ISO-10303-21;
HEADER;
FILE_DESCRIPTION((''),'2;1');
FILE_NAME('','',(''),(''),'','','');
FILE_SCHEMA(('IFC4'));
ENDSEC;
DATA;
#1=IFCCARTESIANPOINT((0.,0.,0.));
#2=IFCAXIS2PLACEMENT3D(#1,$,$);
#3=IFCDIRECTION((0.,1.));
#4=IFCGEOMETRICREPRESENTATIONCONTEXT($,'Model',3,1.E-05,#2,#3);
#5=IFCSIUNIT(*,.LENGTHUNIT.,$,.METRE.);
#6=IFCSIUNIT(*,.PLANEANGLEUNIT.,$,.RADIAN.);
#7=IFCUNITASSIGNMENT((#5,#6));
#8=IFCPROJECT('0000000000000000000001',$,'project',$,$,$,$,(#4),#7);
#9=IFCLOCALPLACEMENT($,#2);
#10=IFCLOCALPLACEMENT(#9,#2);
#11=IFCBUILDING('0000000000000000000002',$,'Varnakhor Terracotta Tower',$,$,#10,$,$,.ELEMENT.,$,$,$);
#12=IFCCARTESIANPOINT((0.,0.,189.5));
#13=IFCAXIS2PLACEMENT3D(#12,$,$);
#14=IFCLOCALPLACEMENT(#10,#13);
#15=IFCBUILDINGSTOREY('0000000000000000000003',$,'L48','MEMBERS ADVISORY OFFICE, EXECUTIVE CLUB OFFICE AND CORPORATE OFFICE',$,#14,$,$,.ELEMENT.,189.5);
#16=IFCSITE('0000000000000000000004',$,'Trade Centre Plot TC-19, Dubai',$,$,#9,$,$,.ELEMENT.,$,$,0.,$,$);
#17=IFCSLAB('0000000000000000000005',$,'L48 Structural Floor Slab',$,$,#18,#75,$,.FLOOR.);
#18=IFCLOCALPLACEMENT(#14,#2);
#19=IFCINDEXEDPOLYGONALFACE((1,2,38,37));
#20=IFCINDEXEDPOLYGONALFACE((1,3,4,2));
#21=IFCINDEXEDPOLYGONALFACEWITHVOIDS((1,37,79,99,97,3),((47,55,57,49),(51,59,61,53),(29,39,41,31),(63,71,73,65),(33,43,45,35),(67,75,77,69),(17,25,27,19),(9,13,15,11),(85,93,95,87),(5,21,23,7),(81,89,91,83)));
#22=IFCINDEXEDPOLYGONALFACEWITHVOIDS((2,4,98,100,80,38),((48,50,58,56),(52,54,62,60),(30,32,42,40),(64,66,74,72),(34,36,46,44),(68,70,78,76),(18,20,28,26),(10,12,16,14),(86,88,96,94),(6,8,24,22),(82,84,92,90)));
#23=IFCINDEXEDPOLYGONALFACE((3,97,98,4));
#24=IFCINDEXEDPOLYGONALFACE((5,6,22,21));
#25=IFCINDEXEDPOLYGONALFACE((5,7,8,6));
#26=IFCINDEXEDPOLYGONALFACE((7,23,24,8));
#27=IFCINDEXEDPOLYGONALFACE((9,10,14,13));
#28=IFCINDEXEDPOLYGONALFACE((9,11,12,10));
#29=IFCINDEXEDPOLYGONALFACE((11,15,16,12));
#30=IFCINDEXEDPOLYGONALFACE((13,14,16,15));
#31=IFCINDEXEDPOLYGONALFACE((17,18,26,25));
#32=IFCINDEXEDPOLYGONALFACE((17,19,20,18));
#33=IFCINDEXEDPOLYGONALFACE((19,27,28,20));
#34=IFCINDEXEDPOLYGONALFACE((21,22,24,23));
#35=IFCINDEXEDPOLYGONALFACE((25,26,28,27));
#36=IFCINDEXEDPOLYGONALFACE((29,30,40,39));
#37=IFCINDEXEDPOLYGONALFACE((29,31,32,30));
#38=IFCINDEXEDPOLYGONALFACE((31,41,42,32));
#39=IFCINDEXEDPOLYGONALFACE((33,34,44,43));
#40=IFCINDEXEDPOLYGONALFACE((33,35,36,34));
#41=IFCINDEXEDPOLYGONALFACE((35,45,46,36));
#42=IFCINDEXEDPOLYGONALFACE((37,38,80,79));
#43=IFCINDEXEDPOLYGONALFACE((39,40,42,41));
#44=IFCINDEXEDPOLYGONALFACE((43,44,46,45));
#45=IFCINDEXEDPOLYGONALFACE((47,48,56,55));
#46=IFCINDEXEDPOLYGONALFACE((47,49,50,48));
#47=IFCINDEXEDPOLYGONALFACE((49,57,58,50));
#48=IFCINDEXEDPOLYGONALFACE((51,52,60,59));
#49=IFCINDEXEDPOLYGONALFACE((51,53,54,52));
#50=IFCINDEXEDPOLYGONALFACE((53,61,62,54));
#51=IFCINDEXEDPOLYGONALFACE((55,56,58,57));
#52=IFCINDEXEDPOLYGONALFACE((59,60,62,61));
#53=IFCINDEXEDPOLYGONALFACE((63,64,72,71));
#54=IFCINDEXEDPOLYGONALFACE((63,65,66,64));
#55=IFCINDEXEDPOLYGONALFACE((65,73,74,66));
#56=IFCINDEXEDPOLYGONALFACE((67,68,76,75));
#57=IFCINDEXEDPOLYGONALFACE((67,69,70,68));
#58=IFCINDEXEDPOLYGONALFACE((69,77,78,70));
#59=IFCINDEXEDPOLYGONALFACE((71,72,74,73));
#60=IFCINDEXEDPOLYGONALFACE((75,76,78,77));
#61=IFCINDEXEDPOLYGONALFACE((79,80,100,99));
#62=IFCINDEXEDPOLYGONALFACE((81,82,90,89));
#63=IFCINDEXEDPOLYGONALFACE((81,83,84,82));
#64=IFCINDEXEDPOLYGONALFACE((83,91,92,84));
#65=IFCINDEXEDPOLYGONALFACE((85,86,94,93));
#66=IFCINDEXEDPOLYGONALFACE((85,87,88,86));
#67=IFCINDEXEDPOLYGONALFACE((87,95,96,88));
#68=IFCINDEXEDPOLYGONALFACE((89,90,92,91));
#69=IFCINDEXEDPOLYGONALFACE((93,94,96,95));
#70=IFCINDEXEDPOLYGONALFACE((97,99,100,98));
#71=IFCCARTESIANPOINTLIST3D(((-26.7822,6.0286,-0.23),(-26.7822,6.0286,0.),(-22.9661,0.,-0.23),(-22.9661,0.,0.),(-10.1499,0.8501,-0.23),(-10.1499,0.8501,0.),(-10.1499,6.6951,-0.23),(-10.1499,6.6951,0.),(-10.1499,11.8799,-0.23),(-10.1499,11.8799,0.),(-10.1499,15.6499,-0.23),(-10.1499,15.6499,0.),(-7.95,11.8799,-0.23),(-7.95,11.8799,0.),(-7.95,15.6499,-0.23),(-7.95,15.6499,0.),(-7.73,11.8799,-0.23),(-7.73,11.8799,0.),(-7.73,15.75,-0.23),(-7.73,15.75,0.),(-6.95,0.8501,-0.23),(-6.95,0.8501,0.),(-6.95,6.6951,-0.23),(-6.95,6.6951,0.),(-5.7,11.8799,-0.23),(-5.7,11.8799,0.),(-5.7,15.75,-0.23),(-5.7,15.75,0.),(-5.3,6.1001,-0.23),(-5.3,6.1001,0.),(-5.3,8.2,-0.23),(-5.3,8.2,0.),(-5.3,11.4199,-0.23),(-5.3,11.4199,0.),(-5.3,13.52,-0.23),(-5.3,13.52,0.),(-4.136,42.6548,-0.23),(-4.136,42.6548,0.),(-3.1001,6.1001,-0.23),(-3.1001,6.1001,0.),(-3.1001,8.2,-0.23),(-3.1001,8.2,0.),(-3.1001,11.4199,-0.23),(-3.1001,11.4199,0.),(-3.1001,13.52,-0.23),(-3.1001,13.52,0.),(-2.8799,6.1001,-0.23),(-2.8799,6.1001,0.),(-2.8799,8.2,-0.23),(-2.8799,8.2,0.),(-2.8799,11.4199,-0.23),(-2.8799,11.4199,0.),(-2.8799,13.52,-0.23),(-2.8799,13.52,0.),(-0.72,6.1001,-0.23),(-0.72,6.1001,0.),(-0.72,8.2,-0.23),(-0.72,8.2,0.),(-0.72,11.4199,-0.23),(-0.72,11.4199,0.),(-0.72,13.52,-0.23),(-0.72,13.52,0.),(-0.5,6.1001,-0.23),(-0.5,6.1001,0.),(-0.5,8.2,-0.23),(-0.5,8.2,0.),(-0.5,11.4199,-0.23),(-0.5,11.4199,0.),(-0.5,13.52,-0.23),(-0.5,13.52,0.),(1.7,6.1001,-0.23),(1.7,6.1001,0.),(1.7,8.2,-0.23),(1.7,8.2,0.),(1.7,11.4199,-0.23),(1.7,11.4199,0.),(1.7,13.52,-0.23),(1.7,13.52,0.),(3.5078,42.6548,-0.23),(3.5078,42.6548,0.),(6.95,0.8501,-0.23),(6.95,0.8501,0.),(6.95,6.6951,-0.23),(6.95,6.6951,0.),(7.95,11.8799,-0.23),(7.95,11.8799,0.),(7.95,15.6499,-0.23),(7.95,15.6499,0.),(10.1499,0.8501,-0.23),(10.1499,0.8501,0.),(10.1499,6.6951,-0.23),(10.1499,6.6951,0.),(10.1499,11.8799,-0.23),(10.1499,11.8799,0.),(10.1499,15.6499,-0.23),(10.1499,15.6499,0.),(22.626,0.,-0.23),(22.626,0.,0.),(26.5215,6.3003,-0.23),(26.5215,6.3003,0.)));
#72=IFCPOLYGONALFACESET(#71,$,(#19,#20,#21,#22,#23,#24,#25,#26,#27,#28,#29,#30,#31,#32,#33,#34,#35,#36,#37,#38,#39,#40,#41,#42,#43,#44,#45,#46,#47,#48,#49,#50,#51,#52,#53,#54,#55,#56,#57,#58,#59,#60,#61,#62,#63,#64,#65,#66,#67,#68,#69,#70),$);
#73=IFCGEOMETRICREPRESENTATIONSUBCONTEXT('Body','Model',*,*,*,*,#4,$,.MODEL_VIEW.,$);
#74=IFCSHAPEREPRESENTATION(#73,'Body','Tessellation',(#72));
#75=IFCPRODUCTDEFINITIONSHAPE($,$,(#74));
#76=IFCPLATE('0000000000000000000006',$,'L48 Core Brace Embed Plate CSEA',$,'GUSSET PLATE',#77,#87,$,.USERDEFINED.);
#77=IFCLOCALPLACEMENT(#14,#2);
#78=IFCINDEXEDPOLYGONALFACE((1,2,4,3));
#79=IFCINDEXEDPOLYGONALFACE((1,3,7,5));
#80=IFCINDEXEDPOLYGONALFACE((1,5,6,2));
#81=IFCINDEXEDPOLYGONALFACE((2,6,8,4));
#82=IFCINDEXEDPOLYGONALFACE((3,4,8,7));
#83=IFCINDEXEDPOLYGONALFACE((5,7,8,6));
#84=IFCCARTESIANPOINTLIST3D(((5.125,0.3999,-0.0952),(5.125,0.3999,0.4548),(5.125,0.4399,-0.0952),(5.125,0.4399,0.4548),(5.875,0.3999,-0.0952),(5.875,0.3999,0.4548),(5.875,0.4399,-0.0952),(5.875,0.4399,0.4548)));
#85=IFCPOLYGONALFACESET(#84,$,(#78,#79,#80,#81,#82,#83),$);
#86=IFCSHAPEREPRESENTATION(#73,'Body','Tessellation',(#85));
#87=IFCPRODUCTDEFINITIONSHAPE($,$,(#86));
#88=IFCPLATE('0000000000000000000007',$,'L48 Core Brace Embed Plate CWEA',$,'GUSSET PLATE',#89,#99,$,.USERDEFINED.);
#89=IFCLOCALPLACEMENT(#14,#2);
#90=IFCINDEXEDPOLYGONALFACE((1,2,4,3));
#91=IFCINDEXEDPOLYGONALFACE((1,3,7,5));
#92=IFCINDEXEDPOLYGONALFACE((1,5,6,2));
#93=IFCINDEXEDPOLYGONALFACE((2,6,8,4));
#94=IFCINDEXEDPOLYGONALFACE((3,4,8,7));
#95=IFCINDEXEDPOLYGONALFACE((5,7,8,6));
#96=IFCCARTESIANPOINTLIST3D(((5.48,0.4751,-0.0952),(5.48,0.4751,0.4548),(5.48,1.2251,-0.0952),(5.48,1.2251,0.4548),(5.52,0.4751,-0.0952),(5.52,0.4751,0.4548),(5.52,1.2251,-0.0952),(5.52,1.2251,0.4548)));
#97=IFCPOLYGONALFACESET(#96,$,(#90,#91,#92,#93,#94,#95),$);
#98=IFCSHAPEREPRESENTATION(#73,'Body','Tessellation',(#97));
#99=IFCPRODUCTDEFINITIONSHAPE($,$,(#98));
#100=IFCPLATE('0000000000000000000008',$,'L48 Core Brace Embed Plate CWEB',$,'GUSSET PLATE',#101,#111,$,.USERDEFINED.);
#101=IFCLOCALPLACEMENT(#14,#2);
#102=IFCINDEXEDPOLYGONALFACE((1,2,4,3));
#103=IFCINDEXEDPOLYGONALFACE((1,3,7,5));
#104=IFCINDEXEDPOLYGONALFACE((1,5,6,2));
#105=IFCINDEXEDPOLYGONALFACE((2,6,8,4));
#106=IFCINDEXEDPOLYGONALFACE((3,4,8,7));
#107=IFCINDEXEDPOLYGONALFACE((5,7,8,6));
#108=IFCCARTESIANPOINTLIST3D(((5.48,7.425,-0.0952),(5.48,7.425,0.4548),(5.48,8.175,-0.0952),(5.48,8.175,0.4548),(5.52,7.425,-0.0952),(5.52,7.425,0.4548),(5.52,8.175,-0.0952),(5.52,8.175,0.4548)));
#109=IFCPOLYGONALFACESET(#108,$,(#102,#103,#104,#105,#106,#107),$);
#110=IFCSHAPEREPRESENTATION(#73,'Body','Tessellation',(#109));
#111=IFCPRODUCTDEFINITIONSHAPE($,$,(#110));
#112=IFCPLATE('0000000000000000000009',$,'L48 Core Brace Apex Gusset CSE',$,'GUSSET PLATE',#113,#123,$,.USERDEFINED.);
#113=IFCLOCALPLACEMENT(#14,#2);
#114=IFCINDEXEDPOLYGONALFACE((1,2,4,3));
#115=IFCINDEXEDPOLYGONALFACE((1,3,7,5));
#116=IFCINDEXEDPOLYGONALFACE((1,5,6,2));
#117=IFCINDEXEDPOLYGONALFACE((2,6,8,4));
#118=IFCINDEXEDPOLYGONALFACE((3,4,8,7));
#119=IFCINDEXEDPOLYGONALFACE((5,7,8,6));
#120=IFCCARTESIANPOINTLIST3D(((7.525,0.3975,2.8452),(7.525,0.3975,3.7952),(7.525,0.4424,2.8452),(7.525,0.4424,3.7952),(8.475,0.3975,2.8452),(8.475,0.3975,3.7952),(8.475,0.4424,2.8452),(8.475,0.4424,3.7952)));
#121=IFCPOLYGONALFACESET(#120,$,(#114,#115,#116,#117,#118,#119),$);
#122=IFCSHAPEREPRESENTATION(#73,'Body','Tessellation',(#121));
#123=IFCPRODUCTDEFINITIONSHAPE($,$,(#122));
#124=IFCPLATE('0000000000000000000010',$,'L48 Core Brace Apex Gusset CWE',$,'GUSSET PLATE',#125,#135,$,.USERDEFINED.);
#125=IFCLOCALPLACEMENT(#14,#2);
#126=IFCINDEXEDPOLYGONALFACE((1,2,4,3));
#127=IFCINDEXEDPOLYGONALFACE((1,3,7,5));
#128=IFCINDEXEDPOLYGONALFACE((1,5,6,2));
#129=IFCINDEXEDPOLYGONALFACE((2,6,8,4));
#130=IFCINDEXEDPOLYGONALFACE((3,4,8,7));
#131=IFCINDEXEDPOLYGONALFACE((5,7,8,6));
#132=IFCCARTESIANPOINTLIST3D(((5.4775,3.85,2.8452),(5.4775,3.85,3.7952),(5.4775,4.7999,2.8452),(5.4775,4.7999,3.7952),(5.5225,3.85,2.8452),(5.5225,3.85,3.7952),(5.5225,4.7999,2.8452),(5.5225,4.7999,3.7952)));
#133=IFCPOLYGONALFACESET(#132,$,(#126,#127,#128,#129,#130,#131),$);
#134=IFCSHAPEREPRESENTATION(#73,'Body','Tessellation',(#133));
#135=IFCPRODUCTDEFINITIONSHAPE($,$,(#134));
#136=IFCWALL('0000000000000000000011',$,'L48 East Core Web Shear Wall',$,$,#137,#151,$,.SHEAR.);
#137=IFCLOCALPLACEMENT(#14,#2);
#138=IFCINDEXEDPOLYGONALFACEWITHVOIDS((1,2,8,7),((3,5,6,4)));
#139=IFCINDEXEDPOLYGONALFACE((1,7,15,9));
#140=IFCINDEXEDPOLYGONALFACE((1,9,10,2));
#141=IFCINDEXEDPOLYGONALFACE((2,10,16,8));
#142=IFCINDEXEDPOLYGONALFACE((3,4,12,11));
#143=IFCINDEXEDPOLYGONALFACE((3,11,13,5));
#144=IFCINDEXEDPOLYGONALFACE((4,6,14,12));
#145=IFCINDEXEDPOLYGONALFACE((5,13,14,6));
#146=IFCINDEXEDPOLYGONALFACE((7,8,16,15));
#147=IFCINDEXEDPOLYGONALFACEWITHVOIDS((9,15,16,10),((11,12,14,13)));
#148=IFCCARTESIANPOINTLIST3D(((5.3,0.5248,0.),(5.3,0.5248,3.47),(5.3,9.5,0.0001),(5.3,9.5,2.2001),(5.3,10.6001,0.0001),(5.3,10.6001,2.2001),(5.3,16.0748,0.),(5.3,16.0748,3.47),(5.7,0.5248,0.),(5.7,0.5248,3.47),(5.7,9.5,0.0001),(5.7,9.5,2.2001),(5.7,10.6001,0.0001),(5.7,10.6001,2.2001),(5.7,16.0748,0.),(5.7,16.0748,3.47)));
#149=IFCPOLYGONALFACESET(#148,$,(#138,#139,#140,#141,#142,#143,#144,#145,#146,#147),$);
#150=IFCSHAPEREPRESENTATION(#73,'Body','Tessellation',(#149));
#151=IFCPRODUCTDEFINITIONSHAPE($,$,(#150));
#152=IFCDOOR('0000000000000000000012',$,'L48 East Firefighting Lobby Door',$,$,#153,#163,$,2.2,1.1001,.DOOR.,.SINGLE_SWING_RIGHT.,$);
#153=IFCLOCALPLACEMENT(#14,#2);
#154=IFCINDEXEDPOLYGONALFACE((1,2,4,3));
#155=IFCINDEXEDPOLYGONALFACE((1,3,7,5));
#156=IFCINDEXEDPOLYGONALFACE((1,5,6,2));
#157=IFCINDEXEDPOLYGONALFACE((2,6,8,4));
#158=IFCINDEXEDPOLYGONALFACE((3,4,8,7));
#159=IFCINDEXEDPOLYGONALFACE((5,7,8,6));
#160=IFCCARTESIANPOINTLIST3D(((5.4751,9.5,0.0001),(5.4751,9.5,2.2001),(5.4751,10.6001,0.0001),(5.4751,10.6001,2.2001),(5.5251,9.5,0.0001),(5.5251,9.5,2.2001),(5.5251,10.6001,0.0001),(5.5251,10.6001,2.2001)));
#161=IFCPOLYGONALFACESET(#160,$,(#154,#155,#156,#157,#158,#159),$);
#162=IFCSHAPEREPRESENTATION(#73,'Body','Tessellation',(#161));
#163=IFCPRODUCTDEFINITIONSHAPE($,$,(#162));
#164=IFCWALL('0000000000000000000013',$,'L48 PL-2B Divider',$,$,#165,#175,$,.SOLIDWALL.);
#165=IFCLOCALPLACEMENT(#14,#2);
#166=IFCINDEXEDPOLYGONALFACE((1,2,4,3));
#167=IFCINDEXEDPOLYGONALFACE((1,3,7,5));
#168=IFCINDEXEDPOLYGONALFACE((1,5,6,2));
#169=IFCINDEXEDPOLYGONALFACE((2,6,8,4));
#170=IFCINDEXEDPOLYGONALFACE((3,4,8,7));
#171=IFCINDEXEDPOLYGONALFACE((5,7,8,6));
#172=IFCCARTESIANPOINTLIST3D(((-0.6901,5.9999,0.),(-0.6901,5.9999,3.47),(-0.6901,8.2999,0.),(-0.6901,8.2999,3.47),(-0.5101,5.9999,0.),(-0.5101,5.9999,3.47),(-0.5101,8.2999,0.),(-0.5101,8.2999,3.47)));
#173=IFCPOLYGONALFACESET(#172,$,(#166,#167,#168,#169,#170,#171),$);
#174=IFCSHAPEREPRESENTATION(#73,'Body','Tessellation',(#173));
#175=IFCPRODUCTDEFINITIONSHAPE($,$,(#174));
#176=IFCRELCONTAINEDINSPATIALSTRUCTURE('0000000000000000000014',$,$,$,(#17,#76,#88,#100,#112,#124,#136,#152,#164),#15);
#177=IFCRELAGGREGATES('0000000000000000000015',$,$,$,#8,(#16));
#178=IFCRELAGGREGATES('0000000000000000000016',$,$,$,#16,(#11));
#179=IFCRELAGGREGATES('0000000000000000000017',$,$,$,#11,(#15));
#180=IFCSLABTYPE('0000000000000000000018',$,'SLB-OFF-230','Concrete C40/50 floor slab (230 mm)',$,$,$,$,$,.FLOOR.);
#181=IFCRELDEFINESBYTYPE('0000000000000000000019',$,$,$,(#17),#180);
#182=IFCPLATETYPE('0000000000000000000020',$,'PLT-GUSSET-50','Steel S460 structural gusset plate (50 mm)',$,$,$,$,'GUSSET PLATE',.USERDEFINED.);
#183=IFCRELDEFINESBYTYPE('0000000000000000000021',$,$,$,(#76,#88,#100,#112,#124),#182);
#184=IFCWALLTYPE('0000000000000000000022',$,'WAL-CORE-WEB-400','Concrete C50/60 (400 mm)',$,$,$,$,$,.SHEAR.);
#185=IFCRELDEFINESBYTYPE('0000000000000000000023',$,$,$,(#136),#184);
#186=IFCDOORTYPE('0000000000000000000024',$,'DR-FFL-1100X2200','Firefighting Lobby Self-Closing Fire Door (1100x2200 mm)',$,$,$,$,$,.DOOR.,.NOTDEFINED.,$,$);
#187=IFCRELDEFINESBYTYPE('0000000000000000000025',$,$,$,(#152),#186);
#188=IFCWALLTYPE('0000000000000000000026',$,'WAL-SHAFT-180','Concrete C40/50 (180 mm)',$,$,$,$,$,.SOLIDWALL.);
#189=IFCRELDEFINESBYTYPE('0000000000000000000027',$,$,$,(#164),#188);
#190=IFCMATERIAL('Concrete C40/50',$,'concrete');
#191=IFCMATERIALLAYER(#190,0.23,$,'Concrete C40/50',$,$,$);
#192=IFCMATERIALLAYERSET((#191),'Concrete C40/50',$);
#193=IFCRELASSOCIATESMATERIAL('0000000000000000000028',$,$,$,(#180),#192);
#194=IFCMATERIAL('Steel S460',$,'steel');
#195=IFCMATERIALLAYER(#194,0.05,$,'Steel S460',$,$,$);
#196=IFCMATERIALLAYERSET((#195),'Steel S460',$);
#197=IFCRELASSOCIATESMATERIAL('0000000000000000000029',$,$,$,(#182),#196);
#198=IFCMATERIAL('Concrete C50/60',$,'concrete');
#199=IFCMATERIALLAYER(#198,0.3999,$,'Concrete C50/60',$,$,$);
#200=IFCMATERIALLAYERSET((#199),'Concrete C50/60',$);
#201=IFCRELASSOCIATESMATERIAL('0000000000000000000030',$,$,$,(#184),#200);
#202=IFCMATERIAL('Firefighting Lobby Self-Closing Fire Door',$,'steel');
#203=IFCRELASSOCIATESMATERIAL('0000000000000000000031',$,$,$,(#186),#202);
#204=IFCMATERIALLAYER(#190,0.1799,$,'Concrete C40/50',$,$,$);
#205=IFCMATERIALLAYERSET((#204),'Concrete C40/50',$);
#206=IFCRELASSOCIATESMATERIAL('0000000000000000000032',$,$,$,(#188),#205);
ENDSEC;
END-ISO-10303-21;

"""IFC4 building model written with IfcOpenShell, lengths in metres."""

from ifc_helpers import new_model, si_unit, direction, frame, frame_2d, origin, origin_2d, place, context, subcontext, project, spatial, polyline, rectangle, outline, extrude, source, transform, mapped, material, layer, layer_set, type_object, type_shapes, element, fill, save


model = new_model("IFC4")

# Units and contexts
model_context = context("Model", 3, precision=1e-05, world=origin(), true_north=direction((0.0, 1.0)))
body_context = subcontext(model_context, "Body", "Model", "MODEL_VIEW")
ifc_project = project(units=[si_unit("LENGTHUNIT", "METRE"), si_unit("PLANEANGLEUNIT", "RADIAN")], contexts=[model_context])

# Site, building, storey
site_placement = place(None, origin())
site = spatial("IfcSite", under=ifc_project, at=site_placement, Name="Trade Centre Plot TC-19, Dubai", CompositionType="ELEMENT", RefElevation=0.0)
building_placement = place(site_placement, origin())
building = spatial("IfcBuilding", under=site, at=building_placement, Name="Varnakhor Terracotta Tower", CompositionType="ELEMENT")
storey_placement = place(building_placement, frame((0.0, 0.0, 189.5)))
storey = spatial("IfcBuildingStorey", under=building, at=storey_placement, Name="L48", Description="MEMBERS ADVISORY OFFICE, EXECUTIVE CLUB OFFICE AND CORPORATE OFFICE", CompositionType="ELEMENT", Elevation=189.5)

# Shared definitions
ifc_material_1 = material(Name="Concrete C50/60", Category="concrete")

# Shared definitions
ifc_material_2 = material(Name="Steel S460", Category="steel")

# Shared definitions
ifc_material_3 = material(Name="Concrete C40/50", Category="concrete")

# Slab
ifc_layer_1 = layer(ifc_material_3, 0.23, Name="Concrete C40/50")
ifc_layer_set_1 = layer_set([ifc_layer_1], Name="Concrete C40/50")
slab_type_1 = type_object("IfcSlabType", Name="SLB-OFF-230", Description="Concrete C40/50 floor slab (230 mm)", PredefinedType="FLOOR", material=ifc_layer_set_1)
slab_1_placement = place(storey_placement, frame((0.0, 0.0, -0.23)))
element("IfcSlab", 1, at=slab_1_placement, inside=storey, type_object=slab_type_1, Name="L48 Structural Floor Slab", PredefinedType="FLOOR", context=body_context, shape_type="SweptSolid", body=[
    extrude(outline(polyline([(-26.7822, 6.0286), (-4.136, 42.6548), (3.5078, 42.6548), (26.5215, 6.3003), (22.626, 0.0), (-22.9661, 0.0), (-26.7822, 6.0286)]), holes=[polyline([(-6.95, 0.8501), (-6.95, 6.6951), (-10.1499, 6.6951), (-10.1499, 0.8501), (-6.95, 0.8501)]), polyline([(-3.1001, 6.1001), (-3.1001, 8.2), (-5.3, 8.2), (-5.3, 6.1001), (-3.1001, 6.1001)]), polyline([(-0.72, 6.1001), (-0.72, 8.2), (-2.8799, 8.2), (-2.8799, 6.1001), (-0.72, 6.1001)]), polyline([(-5.3, 11.4199), (-3.1001, 11.4199), (-3.1001, 13.52), (-5.3, 13.52), (-5.3, 11.4199)]), polyline([(-10.1499, 11.8799), (-7.95, 11.8799), (-7.95, 15.6499), (-10.1499, 15.6499), (-10.1499, 11.8799)]), polyline([(-5.7, 11.8799), (-5.7, 15.75), (-7.73, 15.75), (-7.73, 11.8799), (-5.7, 11.8799)]), polyline([(6.95, 0.8501), (10.1499, 0.8501), (10.1499, 6.6951), (6.95, 6.6951), (6.95, 0.8501)]), polyline([(-0.5, 6.1001), (1.7, 6.1001), (1.7, 8.2), (-0.5, 8.2), (-0.5, 6.1001)]), polyline([(-0.72, 11.4199), (-0.72, 13.52), (-2.8799, 13.52), (-2.8799, 11.4199), (-0.72, 11.4199)]), polyline([(-0.5, 11.4199), (1.7, 11.4199), (1.7, 13.52), (-0.5, 13.52), (-0.5, 11.4199)]), polyline([(7.95, 11.8799), (10.1499, 11.8799), (10.1499, 15.6499), (7.95, 15.6499), (7.95, 11.8799)])]), origin(), (0.0, 0.0, 1.0), 0.23),
])

# Plates
ifc_layer_2 = layer(ifc_material_2, 0.05, Name="Steel S460")
ifc_layer_set_2 = layer_set([ifc_layer_2], Name="Steel S460")
plate_type = type_object("IfcPlateType", Name="PLT-GUSSET-50", Description="Steel S460 structural gusset plate (50 mm)", ElementType="GUSSET PLATE", PredefinedType="USERDEFINED", material=ifc_layer_set_2)
shared_shape_1 = source(origin(), body_context, "Body", "SweptSolid", [
    extrude(rectangle(XDim=0.75, YDim=0.04, at=origin_2d()), origin(), (0.0, 0.0, 1.0), 0.55),
])
type_shapes(plate_type, [shared_shape_1])
for number, where, z_axis, x_axis, name in (
    (2, (5.5, 0.4199, -0.0952), (0.0, 0.0, 1.0), (1.0, 0.0, 0.0), "L48 Core Brace Embed Plate CSEA"),
    (3, (5.5, 0.8501, -0.0952), (0.0, 0.0, 1.0), (0.0, 1.0, 0.0), "L48 Core Brace Embed Plate CWEA"),
    (4, (5.5, 7.8, -0.0952), (0.0, 0.0, 1.0), (0.0, 1.0, 0.0), "L48 Core Brace Embed Plate CWEB"),
):
    element("IfcPlate", number, at=place(storey_placement, frame(where, z_axis=z_axis, x_axis=x_axis)), inside=storey, type_object=plate_type, Name=name, ObjectType="GUSSET PLATE", PredefinedType="USERDEFINED", context=body_context, shape_type="MappedRepresentation", body=[
        mapped(shared_shape_1, transform((0.0, 0.0, 0.0), scale=1.0)),
    ])
shared_shape_2 = source(origin(), body_context, "Body", "SweptSolid", [
    extrude(rectangle(XDim=0.95, YDim=0.0449, at=origin_2d()), origin(), (0.0, 0.0, 1.0), 0.95),
])
for number, where, z_axis, x_axis, name in (
    (5, (8.0, 0.4199, 2.8452), (0.0, 0.0, 1.0), (1.0, 0.0, 0.0), "L48 Core Brace Apex Gusset CSE"),
    (6, (5.5, 4.325, 2.8452), (0.0, 0.0, 1.0), (0.0, 1.0, 0.0), "L48 Core Brace Apex Gusset CWE"),
):
    element("IfcPlate", number, at=place(storey_placement, frame(where, z_axis=z_axis, x_axis=x_axis)), inside=storey, type_object=plate_type, Name=name, ObjectType="GUSSET PLATE", PredefinedType="USERDEFINED", context=body_context, shape_type="MappedRepresentation", body=[
        mapped(shared_shape_2, transform((0.0, 0.0, 0.0), scale=1.0)),
    ])

# Wall, opening, door
ifc_layer_3 = layer(ifc_material_1, 0.3999, Name="Concrete C50/60")
ifc_layer_set_3 = layer_set([ifc_layer_3], Name="Concrete C50/60")
wall_type_1 = type_object("IfcWallType", Name="WAL-CORE-WEB-400", Description="Concrete C50/60 (400 mm)", PredefinedType="SHEAR", material=ifc_layer_set_3)
wall_1_placement = place(storey_placement, frame((5.5, 0.5249, 0.0), z_axis=(0.0, 0.0, 1.0), x_axis=(0.0, 1.0, 0.0)))
wall_1 = element("IfcWall", 7, at=wall_1_placement, inside=storey, type_object=wall_type_1, Name="L48 East Core Web Shear Wall", PredefinedType="SHEAR", context=body_context, shape_type="SweptSolid", body=[
    extrude(rectangle(XDim=15.55, YDim=0.3999, at=frame_2d((7.7749, 0.0))), origin(), (0.0, 0.0, 1.0), 3.47),
])
opening_1_placement = place(wall_1_placement, frame((8.9751, 0.0, 0.0)))
opening_1 = element("IfcOpeningElement", 8, at=opening_1_placement, cuts=wall_1, PredefinedType="OPENING", context=body_context, shape_type="SweptSolid", body=[
    extrude(rectangle(XDim=1.1001, YDim=2.2, at=frame_2d((0.55, 1.1001))), frame((0.0, 0.21, 0.0), z_axis=(0.0, -1.0, 0.0), x_axis=(1.0, 0.0, 0.0)), (0.0, 0.0, 1.0), 0.4199),
])
ifc_material_4 = material(Name="Firefighting Lobby Self-Closing Fire Door", Category="steel")
door_type_1 = type_object("IfcDoorType", Name="DR-FFL-1100X2200", Description="Firefighting Lobby Self-Closing Fire Door (1100x2200 mm)", OperationType="NOTDEFINED", PredefinedType="DOOR", material=ifc_material_4)
shared_shape_3 = source(origin(), body_context, "Body", "SweptSolid", [
    extrude(rectangle(XDim=1.1001, YDim=2.2, at=frame_2d((0.55, 1.1001))), frame((0.0, 0.0249, 0.0), z_axis=(0.0, -1.0, 0.0), x_axis=(1.0, 0.0, 0.0)), (0.0, 0.0, 1.0), 0.05),
])
type_shapes(door_type_1, [shared_shape_3])
door_1_placement = place(opening_1_placement, origin())
door_1 = element("IfcDoor", 9, at=door_1_placement, inside=storey, type_object=door_type_1, Name="L48 East Firefighting Lobby Door", OperationType="SINGLE_SWING_RIGHT", OverallHeight=2.2, OverallWidth=1.1001, PredefinedType="DOOR", context=body_context, shape_type="MappedRepresentation", body=[
    mapped(shared_shape_3, transform((0.0, 0.0, 0.0), scale=1.0)),
])
fill(opening_1, door_1)

# Wall
ifc_layer_4 = layer(ifc_material_3, 0.1799, Name="Concrete C40/50")
ifc_layer_set_4 = layer_set([ifc_layer_4], Name="Concrete C40/50")
wall_type_2 = type_object("IfcWallType", Name="WAL-SHAFT-180", Description="Concrete C40/50 (180 mm)", PredefinedType="SOLIDWALL", material=ifc_layer_set_4)
wall_2_placement = place(storey_placement, frame((-0.6001, 6.0, 0.0), z_axis=(0.0, 0.0, 1.0), x_axis=(0.0, 1.0, 0.0)))
element("IfcWall", 10, at=wall_2_placement, inside=storey, type_object=wall_type_2, Name="L48 PL-2B Divider", PredefinedType="SOLIDWALL", context=body_context, shape_type="SweptSolid", body=[
    extrude(rectangle(XDim=2.3, YDim=0.1799, at=frame_2d((1.1499, 0.0))), origin(), (0.0, 0.0, 1.0), 3.47),
])

save(model, "model.ifc")
